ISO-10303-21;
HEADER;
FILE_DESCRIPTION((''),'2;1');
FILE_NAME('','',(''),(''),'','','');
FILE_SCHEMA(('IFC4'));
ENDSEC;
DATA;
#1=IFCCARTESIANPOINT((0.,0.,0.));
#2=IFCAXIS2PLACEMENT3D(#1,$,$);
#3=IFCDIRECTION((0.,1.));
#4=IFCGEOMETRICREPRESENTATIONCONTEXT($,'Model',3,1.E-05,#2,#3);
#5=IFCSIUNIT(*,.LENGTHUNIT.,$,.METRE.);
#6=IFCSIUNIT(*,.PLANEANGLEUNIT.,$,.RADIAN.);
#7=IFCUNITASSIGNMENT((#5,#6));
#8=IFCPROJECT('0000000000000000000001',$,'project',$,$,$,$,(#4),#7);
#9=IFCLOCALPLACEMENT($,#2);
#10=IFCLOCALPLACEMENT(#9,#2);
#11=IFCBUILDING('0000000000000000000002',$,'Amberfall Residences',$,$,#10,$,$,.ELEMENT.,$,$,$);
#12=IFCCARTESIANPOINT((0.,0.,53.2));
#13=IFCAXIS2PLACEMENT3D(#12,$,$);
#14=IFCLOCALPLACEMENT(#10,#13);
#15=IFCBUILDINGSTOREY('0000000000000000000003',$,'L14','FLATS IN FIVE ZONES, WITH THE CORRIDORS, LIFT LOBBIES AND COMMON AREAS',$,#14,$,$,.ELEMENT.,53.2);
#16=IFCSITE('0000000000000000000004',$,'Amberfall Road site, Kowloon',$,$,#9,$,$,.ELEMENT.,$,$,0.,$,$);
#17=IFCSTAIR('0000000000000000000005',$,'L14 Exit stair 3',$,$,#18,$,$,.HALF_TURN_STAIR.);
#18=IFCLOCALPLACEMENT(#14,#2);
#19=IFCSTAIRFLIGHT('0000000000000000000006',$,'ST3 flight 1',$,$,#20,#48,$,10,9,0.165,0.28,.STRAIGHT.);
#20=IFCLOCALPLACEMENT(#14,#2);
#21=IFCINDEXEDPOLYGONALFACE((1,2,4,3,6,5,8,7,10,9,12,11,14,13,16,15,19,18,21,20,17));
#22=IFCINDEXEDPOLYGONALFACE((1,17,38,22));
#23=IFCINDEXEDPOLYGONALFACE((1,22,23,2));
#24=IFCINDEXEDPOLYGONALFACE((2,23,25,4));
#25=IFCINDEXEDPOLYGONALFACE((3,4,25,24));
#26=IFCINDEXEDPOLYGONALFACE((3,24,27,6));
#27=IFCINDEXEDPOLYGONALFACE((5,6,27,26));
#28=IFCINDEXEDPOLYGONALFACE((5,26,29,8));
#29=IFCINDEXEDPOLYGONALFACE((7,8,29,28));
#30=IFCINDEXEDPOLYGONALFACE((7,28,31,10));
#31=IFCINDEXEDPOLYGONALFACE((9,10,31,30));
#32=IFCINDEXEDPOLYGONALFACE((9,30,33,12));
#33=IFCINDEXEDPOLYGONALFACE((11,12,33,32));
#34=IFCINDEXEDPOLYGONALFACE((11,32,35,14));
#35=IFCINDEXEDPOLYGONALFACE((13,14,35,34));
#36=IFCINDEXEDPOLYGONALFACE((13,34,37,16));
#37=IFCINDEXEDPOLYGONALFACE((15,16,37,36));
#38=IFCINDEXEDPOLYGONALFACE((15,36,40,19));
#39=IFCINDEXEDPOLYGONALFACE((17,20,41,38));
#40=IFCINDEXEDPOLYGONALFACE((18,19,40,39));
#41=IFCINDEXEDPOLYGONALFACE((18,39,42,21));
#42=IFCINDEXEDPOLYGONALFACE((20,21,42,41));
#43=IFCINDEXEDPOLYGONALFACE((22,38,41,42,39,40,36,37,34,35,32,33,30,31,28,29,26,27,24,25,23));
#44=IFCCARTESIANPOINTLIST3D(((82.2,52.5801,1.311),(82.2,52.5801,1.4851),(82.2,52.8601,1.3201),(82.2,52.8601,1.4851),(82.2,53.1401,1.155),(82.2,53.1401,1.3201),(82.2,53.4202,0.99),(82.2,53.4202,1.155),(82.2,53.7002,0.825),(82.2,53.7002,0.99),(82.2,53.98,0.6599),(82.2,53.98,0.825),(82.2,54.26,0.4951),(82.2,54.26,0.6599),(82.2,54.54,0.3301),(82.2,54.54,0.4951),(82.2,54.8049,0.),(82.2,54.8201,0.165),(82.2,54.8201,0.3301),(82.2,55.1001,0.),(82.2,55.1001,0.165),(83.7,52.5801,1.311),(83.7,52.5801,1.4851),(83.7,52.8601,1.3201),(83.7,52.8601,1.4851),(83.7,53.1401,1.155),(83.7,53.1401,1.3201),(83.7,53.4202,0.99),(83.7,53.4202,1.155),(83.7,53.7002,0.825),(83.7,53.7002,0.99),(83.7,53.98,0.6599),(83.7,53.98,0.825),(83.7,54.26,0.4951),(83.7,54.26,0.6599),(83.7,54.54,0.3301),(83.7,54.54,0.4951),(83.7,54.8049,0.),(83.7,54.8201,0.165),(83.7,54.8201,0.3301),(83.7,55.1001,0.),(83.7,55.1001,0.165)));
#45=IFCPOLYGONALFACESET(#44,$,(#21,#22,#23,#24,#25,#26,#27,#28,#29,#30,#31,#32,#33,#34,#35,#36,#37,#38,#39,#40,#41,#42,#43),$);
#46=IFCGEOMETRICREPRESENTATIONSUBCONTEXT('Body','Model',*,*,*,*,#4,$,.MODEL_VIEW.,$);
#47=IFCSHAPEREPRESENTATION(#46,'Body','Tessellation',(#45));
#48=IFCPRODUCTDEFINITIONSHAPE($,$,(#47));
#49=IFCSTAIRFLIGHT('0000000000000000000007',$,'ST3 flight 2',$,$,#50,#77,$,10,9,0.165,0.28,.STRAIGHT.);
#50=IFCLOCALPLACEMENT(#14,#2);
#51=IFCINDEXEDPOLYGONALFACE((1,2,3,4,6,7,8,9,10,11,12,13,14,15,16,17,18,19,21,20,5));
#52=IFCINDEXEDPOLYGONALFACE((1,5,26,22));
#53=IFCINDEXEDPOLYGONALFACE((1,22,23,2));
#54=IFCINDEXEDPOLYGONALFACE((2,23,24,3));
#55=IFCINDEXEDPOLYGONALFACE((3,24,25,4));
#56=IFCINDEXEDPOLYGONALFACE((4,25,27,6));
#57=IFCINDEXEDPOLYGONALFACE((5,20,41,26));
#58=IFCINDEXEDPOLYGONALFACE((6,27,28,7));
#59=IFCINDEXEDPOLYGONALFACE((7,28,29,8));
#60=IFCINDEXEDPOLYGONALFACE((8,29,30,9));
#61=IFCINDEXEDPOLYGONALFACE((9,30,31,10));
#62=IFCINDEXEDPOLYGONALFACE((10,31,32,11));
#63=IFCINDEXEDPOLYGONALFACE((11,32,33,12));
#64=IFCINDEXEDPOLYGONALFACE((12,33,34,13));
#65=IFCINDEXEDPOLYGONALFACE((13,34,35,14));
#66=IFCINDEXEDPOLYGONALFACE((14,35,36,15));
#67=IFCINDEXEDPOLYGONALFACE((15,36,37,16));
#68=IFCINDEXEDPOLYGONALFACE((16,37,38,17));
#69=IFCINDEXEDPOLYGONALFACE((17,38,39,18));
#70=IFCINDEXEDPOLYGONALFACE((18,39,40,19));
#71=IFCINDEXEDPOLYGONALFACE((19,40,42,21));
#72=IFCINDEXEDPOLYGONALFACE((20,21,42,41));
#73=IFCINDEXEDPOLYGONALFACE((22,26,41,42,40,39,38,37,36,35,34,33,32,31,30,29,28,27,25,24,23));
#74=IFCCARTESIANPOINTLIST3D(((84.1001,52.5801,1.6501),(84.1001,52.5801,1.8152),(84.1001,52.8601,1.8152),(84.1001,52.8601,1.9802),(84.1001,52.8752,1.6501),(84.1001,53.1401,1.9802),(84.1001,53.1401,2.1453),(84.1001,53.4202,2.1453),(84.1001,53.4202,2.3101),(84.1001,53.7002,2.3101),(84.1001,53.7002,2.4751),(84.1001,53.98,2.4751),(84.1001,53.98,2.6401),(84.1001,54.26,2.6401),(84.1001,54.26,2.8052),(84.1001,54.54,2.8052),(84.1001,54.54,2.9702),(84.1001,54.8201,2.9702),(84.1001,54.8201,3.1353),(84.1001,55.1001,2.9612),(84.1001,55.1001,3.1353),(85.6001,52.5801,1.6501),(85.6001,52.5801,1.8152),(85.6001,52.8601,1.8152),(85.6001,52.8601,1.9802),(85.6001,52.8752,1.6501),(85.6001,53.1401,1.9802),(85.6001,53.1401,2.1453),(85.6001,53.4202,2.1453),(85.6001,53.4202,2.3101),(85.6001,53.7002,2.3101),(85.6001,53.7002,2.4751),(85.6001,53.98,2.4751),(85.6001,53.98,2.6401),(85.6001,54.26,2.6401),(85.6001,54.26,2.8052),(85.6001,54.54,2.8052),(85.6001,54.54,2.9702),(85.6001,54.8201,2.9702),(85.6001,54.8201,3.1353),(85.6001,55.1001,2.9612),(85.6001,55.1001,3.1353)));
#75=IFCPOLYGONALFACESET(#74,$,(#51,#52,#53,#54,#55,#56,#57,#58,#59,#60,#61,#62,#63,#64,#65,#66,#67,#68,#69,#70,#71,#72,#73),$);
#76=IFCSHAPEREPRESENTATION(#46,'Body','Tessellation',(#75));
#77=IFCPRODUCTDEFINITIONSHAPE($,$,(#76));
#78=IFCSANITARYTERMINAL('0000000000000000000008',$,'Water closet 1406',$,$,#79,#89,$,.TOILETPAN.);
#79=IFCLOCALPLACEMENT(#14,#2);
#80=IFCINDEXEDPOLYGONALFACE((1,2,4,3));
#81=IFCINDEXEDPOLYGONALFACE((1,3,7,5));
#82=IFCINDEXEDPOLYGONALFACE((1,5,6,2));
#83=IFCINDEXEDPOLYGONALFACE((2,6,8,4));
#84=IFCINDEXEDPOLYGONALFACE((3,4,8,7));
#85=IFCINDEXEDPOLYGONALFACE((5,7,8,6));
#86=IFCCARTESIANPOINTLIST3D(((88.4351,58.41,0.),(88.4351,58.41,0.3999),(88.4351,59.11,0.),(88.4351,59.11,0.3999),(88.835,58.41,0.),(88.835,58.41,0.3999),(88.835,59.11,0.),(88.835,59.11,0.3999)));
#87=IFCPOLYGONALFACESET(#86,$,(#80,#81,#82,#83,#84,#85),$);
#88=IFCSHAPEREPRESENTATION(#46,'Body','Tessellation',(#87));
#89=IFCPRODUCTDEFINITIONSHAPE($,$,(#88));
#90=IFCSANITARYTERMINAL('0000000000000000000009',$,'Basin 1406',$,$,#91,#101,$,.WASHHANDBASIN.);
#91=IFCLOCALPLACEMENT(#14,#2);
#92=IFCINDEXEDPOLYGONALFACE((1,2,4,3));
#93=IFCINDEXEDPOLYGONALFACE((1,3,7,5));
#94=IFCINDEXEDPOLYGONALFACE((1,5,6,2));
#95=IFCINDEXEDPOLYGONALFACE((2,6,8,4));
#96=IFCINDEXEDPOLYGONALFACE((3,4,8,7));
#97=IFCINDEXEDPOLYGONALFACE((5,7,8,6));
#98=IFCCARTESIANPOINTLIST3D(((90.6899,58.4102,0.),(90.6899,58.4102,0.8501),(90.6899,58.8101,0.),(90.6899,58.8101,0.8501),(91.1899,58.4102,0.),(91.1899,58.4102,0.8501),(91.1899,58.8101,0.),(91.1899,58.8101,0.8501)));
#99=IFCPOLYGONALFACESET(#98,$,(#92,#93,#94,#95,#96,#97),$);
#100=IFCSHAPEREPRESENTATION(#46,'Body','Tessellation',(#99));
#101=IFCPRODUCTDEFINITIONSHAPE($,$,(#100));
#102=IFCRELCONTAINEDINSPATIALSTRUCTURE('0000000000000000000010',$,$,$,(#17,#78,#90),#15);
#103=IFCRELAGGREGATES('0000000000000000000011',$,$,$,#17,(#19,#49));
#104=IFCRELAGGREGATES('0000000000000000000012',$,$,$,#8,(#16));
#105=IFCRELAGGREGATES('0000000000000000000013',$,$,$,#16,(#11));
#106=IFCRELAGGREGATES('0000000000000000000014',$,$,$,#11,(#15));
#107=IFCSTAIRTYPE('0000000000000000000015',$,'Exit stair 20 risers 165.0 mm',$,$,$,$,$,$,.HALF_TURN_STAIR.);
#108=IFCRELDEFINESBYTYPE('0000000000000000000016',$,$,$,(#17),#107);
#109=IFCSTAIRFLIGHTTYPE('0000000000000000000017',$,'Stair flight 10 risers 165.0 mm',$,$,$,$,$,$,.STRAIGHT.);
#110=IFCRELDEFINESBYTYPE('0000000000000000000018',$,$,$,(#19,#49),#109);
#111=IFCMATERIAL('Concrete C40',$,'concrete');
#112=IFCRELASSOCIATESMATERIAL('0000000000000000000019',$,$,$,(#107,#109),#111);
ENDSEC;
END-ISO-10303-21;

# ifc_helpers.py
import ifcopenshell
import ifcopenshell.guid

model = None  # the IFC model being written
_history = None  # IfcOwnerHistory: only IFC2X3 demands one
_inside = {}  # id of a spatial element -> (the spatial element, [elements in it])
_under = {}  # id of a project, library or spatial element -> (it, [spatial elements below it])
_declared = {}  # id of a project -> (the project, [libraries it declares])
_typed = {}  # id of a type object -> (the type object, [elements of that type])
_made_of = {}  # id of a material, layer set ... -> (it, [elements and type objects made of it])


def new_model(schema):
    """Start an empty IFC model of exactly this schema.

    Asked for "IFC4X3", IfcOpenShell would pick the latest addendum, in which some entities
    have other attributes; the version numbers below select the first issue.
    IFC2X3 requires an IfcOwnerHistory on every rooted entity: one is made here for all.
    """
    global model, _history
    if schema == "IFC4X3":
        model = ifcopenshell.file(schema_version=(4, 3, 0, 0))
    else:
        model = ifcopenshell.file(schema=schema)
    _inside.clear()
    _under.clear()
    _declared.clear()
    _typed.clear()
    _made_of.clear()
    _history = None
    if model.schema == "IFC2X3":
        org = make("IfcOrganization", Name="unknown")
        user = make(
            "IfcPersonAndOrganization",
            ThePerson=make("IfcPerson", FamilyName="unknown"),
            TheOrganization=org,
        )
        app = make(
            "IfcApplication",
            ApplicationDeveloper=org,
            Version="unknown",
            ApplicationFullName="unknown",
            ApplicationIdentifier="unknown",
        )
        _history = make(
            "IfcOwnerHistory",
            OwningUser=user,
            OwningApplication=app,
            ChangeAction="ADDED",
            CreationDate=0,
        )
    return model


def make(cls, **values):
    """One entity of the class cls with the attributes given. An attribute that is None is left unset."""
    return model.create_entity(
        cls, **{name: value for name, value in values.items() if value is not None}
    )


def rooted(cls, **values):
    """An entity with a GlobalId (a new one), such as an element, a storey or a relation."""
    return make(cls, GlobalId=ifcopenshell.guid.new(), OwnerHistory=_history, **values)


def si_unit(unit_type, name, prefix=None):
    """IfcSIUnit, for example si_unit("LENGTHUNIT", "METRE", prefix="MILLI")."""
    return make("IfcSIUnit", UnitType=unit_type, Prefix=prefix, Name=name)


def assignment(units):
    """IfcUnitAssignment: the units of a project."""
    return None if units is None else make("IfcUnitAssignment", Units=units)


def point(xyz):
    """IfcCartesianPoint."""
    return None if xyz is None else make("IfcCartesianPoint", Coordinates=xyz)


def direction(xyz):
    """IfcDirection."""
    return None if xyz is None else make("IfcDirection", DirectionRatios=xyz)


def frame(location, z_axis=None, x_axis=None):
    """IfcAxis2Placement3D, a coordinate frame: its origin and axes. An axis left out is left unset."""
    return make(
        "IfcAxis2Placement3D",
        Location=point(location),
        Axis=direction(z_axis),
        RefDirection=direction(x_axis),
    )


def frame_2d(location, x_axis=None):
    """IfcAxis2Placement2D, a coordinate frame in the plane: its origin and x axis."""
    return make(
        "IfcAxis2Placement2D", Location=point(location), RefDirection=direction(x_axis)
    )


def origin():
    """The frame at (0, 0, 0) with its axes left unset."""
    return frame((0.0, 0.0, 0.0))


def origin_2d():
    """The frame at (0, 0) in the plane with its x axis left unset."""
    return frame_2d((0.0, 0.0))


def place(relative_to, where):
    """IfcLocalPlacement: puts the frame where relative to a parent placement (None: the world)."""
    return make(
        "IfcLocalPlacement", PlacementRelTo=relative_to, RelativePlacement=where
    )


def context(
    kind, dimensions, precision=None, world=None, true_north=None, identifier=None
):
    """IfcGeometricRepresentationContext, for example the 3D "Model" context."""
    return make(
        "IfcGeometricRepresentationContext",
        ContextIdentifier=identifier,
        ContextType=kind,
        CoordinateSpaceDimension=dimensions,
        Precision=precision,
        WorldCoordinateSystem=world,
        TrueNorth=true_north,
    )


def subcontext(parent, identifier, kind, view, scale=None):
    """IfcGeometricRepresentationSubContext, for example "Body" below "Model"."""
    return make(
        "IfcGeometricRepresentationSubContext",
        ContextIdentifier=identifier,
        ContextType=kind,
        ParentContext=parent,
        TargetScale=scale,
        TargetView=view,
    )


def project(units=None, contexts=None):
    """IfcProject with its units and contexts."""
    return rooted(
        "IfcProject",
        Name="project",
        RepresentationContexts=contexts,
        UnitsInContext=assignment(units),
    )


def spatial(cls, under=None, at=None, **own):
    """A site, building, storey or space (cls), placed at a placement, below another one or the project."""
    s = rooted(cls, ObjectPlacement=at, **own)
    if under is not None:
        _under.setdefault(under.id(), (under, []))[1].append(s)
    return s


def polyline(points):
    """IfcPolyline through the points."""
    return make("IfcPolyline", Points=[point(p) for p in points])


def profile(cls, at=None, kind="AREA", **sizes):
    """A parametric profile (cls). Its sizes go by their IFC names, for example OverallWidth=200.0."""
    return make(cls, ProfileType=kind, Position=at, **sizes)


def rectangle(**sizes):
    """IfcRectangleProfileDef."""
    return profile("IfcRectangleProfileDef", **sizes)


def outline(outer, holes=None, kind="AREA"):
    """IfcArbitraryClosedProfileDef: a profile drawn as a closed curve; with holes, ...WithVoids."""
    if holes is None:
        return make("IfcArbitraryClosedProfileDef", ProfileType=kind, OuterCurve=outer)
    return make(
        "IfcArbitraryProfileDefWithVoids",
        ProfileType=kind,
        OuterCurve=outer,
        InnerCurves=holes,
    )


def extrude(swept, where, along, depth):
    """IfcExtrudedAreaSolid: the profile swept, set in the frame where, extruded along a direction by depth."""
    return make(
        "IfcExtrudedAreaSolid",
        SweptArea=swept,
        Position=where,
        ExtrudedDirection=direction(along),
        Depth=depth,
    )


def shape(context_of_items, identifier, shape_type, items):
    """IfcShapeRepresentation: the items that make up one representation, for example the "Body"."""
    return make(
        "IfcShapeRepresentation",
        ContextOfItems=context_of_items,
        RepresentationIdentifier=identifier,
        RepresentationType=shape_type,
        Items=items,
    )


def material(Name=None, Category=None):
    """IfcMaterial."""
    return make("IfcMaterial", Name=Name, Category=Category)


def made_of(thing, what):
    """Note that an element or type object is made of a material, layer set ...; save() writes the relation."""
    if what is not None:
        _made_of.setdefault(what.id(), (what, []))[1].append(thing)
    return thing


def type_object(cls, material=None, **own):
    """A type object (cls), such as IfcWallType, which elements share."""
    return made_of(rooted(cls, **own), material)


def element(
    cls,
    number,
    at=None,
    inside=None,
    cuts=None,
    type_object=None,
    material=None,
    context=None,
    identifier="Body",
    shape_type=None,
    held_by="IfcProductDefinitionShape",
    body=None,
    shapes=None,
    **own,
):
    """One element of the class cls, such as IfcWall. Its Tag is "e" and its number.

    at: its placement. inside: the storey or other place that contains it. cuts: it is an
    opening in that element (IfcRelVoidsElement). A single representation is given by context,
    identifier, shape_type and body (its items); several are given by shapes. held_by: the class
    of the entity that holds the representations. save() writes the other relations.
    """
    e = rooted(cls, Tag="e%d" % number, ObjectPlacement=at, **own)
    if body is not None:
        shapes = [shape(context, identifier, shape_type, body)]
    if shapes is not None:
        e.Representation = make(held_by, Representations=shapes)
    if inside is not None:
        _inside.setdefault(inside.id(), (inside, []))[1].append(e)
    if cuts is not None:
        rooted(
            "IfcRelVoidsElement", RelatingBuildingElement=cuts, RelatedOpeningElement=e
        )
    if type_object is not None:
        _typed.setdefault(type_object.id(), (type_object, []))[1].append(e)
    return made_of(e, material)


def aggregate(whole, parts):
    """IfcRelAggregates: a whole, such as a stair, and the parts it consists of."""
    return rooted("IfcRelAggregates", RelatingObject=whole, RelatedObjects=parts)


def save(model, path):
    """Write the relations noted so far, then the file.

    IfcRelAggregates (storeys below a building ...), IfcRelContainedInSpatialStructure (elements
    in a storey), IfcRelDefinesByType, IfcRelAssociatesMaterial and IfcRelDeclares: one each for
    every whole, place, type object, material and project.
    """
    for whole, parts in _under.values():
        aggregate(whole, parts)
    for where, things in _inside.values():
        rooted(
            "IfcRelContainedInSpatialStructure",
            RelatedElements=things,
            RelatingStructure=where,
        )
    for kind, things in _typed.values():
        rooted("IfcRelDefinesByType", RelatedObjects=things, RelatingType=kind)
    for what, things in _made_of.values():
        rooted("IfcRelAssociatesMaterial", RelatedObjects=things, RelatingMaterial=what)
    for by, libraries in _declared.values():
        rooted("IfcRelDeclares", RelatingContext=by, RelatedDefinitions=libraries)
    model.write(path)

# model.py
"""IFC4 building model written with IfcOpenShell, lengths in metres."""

from ifc_helpers import new_model, si_unit, direction, frame, origin, origin_2d, place, context, subcontext, project, spatial, polyline, rectangle, outline, extrude, material, type_object, element, aggregate, save


model = new_model("IFC4")

# Units and contexts
model_context = context("Model", 3, precision=1e-05, world=origin(), true_north=direction((0.0, 1.0)))
body_context = subcontext(model_context, "Body", "Model", "MODEL_VIEW")
ifc_project = project(units=[si_unit("LENGTHUNIT", "METRE"), si_unit("PLANEANGLEUNIT", "RADIAN")], contexts=[model_context])

# Site, building, storey
site_placement = place(None, origin())
site = spatial("IfcSite", under=ifc_project, at=site_placement, Name="Amberfall Road site, Kowloon", CompositionType="ELEMENT", RefElevation=0.0)
building_placement = place(site_placement, origin())
building = spatial("IfcBuilding", under=site, at=building_placement, Name="Amberfall Residences", CompositionType="ELEMENT")
storey_placement = place(building_placement, frame((0.0, 0.0, 53.2)))
storey = spatial("IfcBuildingStorey", under=building, at=storey_placement, Name="L14", Description="FLATS IN FIVE ZONES, WITH THE CORRIDORS, LIFT LOBBIES AND COMMON AREAS", CompositionType="ELEMENT", Elevation=53.2)

# Stair, stair flights
ifc_material_1 = material(Name="Concrete C40", Category="concrete")
stair_type = type_object("IfcStairType", Name="Exit stair 20 risers 165.0 mm", PredefinedType="HALF_TURN_STAIR", material=ifc_material_1)
stair_placement = place(storey_placement, origin())
stair = element("IfcStair", 1, at=stair_placement, inside=storey, type_object=stair_type, Name="L14 Exit stair 3", PredefinedType="HALF_TURN_STAIR")
stair_flight_type = type_object("IfcStairFlightType", Name="Stair flight 10 risers 165.0 mm", PredefinedType="STRAIGHT", material=ifc_material_1)
stair_flight_1_placement = place(storey_placement, frame((82.95, 55.1001, 0.0), z_axis=(0.0, 0.0, 1.0), x_axis=(0.0, -1.0, 0.0)))
stair_flight_1 = element("IfcStairFlight", 2, at=stair_flight_1_placement, type_object=stair_flight_type, Name="ST3 flight 1", NumberOfRisers=10, NumberOfTreads=9, PredefinedType="STRAIGHT", RiserHeight=0.165, TreadLength=0.28, context=body_context, shape_type="SweptSolid", body=[
    extrude(outline(polyline([(0.0, 0.0), (0.0, 0.165), (0.28, 0.165), (0.28, 0.3301), (0.5601, 0.3301), (0.5601, 0.4951), (0.8401, 0.4951), (0.8401, 0.6599), (1.1201, 0.6599), (1.1201, 0.825), (1.3999, 0.825), (1.3999, 0.99), (1.6799, 0.99), (1.6799, 1.155), (1.96, 1.155), (1.96, 1.3201), (2.24, 1.3201), (2.24, 1.4851), (2.52, 1.4851), (2.52, 1.6499), (2.52, 1.311), (0.2952, 0.0), (0.0, 0.0)])), frame((0.0, 0.75, 0.0), z_axis=(0.0, -1.0, 0.0), x_axis=(1.0, 0.0, 0.0)), (0.0, 0.0, 1.0), 1.5),
])
stair_flight_2_placement = place(storey_placement, frame((84.8501, 52.5801, 1.6501), z_axis=(0.0, 0.0, 1.0), x_axis=(0.0, 1.0, 0.0)))
stair_flight_2 = element("IfcStairFlight", 3, at=stair_flight_2_placement, type_object=stair_flight_type, Name="ST3 flight 2", NumberOfRisers=10, NumberOfTreads=9, PredefinedType="STRAIGHT", RiserHeight=0.165, TreadLength=0.28, context=body_context, shape_type="SweptSolid", body=[
    extrude(outline(polyline([(0.0, 0.0), (0.0, 0.165), (0.28, 0.165), (0.28, 0.3301), (0.5601, 0.3301), (0.5601, 0.4951), (0.8401, 0.4951), (0.8401, 0.6599), (1.1201, 0.6599), (1.1201, 0.825), (1.3999, 0.825), (1.3999, 0.99), (1.6799, 0.99), (1.6799, 1.155), (1.96, 1.155), (1.96, 1.3201), (2.24, 1.3201), (2.24, 1.4851), (2.52, 1.4851), (2.52, 1.6499), (2.52, 1.311), (0.2952, 0.0), (0.0, 0.0)])), frame((0.0, 0.75, 0.0), z_axis=(0.0, -1.0, 0.0), x_axis=(1.0, 0.0, 0.0)), (0.0, 0.0, 1.0), 1.5),
])
aggregate(stair, [stair_flight_1, stair_flight_2])

# Sanitary terminals
sanitary_terminal_1_placement = place(storey_placement, frame((88.635, 58.76, 0.0), z_axis=(0.0, 0.0, 1.0), x_axis=(1.0, 0.0, 0.0)))
element("IfcSanitaryTerminal", 4, at=sanitary_terminal_1_placement, inside=storey, Name="Water closet 1406", PredefinedType="TOILETPAN", context=body_context, shape_type="SweptSolid", body=[
    extrude(rectangle(XDim=0.3999, YDim=0.7, at=origin_2d()), origin(), (0.0, 0.0, 1.0), 0.3999),
])
sanitary_terminal_2_placement = place(storey_placement, frame((90.9399, 58.6101, 0.0), z_axis=(0.0, 0.0, 1.0), x_axis=(1.0, 0.0, 0.0)))
element("IfcSanitaryTerminal", 5, at=sanitary_terminal_2_placement, inside=storey, Name="Basin 1406", PredefinedType="WASHHANDBASIN", context=body_context, shape_type="SweptSolid", body=[
    extrude(rectangle(XDim=0.5, YDim=0.3999, at=origin_2d()), origin(), (0.0, 0.0, 1.0), 0.8501),
])

save(model, "model.ifc")
